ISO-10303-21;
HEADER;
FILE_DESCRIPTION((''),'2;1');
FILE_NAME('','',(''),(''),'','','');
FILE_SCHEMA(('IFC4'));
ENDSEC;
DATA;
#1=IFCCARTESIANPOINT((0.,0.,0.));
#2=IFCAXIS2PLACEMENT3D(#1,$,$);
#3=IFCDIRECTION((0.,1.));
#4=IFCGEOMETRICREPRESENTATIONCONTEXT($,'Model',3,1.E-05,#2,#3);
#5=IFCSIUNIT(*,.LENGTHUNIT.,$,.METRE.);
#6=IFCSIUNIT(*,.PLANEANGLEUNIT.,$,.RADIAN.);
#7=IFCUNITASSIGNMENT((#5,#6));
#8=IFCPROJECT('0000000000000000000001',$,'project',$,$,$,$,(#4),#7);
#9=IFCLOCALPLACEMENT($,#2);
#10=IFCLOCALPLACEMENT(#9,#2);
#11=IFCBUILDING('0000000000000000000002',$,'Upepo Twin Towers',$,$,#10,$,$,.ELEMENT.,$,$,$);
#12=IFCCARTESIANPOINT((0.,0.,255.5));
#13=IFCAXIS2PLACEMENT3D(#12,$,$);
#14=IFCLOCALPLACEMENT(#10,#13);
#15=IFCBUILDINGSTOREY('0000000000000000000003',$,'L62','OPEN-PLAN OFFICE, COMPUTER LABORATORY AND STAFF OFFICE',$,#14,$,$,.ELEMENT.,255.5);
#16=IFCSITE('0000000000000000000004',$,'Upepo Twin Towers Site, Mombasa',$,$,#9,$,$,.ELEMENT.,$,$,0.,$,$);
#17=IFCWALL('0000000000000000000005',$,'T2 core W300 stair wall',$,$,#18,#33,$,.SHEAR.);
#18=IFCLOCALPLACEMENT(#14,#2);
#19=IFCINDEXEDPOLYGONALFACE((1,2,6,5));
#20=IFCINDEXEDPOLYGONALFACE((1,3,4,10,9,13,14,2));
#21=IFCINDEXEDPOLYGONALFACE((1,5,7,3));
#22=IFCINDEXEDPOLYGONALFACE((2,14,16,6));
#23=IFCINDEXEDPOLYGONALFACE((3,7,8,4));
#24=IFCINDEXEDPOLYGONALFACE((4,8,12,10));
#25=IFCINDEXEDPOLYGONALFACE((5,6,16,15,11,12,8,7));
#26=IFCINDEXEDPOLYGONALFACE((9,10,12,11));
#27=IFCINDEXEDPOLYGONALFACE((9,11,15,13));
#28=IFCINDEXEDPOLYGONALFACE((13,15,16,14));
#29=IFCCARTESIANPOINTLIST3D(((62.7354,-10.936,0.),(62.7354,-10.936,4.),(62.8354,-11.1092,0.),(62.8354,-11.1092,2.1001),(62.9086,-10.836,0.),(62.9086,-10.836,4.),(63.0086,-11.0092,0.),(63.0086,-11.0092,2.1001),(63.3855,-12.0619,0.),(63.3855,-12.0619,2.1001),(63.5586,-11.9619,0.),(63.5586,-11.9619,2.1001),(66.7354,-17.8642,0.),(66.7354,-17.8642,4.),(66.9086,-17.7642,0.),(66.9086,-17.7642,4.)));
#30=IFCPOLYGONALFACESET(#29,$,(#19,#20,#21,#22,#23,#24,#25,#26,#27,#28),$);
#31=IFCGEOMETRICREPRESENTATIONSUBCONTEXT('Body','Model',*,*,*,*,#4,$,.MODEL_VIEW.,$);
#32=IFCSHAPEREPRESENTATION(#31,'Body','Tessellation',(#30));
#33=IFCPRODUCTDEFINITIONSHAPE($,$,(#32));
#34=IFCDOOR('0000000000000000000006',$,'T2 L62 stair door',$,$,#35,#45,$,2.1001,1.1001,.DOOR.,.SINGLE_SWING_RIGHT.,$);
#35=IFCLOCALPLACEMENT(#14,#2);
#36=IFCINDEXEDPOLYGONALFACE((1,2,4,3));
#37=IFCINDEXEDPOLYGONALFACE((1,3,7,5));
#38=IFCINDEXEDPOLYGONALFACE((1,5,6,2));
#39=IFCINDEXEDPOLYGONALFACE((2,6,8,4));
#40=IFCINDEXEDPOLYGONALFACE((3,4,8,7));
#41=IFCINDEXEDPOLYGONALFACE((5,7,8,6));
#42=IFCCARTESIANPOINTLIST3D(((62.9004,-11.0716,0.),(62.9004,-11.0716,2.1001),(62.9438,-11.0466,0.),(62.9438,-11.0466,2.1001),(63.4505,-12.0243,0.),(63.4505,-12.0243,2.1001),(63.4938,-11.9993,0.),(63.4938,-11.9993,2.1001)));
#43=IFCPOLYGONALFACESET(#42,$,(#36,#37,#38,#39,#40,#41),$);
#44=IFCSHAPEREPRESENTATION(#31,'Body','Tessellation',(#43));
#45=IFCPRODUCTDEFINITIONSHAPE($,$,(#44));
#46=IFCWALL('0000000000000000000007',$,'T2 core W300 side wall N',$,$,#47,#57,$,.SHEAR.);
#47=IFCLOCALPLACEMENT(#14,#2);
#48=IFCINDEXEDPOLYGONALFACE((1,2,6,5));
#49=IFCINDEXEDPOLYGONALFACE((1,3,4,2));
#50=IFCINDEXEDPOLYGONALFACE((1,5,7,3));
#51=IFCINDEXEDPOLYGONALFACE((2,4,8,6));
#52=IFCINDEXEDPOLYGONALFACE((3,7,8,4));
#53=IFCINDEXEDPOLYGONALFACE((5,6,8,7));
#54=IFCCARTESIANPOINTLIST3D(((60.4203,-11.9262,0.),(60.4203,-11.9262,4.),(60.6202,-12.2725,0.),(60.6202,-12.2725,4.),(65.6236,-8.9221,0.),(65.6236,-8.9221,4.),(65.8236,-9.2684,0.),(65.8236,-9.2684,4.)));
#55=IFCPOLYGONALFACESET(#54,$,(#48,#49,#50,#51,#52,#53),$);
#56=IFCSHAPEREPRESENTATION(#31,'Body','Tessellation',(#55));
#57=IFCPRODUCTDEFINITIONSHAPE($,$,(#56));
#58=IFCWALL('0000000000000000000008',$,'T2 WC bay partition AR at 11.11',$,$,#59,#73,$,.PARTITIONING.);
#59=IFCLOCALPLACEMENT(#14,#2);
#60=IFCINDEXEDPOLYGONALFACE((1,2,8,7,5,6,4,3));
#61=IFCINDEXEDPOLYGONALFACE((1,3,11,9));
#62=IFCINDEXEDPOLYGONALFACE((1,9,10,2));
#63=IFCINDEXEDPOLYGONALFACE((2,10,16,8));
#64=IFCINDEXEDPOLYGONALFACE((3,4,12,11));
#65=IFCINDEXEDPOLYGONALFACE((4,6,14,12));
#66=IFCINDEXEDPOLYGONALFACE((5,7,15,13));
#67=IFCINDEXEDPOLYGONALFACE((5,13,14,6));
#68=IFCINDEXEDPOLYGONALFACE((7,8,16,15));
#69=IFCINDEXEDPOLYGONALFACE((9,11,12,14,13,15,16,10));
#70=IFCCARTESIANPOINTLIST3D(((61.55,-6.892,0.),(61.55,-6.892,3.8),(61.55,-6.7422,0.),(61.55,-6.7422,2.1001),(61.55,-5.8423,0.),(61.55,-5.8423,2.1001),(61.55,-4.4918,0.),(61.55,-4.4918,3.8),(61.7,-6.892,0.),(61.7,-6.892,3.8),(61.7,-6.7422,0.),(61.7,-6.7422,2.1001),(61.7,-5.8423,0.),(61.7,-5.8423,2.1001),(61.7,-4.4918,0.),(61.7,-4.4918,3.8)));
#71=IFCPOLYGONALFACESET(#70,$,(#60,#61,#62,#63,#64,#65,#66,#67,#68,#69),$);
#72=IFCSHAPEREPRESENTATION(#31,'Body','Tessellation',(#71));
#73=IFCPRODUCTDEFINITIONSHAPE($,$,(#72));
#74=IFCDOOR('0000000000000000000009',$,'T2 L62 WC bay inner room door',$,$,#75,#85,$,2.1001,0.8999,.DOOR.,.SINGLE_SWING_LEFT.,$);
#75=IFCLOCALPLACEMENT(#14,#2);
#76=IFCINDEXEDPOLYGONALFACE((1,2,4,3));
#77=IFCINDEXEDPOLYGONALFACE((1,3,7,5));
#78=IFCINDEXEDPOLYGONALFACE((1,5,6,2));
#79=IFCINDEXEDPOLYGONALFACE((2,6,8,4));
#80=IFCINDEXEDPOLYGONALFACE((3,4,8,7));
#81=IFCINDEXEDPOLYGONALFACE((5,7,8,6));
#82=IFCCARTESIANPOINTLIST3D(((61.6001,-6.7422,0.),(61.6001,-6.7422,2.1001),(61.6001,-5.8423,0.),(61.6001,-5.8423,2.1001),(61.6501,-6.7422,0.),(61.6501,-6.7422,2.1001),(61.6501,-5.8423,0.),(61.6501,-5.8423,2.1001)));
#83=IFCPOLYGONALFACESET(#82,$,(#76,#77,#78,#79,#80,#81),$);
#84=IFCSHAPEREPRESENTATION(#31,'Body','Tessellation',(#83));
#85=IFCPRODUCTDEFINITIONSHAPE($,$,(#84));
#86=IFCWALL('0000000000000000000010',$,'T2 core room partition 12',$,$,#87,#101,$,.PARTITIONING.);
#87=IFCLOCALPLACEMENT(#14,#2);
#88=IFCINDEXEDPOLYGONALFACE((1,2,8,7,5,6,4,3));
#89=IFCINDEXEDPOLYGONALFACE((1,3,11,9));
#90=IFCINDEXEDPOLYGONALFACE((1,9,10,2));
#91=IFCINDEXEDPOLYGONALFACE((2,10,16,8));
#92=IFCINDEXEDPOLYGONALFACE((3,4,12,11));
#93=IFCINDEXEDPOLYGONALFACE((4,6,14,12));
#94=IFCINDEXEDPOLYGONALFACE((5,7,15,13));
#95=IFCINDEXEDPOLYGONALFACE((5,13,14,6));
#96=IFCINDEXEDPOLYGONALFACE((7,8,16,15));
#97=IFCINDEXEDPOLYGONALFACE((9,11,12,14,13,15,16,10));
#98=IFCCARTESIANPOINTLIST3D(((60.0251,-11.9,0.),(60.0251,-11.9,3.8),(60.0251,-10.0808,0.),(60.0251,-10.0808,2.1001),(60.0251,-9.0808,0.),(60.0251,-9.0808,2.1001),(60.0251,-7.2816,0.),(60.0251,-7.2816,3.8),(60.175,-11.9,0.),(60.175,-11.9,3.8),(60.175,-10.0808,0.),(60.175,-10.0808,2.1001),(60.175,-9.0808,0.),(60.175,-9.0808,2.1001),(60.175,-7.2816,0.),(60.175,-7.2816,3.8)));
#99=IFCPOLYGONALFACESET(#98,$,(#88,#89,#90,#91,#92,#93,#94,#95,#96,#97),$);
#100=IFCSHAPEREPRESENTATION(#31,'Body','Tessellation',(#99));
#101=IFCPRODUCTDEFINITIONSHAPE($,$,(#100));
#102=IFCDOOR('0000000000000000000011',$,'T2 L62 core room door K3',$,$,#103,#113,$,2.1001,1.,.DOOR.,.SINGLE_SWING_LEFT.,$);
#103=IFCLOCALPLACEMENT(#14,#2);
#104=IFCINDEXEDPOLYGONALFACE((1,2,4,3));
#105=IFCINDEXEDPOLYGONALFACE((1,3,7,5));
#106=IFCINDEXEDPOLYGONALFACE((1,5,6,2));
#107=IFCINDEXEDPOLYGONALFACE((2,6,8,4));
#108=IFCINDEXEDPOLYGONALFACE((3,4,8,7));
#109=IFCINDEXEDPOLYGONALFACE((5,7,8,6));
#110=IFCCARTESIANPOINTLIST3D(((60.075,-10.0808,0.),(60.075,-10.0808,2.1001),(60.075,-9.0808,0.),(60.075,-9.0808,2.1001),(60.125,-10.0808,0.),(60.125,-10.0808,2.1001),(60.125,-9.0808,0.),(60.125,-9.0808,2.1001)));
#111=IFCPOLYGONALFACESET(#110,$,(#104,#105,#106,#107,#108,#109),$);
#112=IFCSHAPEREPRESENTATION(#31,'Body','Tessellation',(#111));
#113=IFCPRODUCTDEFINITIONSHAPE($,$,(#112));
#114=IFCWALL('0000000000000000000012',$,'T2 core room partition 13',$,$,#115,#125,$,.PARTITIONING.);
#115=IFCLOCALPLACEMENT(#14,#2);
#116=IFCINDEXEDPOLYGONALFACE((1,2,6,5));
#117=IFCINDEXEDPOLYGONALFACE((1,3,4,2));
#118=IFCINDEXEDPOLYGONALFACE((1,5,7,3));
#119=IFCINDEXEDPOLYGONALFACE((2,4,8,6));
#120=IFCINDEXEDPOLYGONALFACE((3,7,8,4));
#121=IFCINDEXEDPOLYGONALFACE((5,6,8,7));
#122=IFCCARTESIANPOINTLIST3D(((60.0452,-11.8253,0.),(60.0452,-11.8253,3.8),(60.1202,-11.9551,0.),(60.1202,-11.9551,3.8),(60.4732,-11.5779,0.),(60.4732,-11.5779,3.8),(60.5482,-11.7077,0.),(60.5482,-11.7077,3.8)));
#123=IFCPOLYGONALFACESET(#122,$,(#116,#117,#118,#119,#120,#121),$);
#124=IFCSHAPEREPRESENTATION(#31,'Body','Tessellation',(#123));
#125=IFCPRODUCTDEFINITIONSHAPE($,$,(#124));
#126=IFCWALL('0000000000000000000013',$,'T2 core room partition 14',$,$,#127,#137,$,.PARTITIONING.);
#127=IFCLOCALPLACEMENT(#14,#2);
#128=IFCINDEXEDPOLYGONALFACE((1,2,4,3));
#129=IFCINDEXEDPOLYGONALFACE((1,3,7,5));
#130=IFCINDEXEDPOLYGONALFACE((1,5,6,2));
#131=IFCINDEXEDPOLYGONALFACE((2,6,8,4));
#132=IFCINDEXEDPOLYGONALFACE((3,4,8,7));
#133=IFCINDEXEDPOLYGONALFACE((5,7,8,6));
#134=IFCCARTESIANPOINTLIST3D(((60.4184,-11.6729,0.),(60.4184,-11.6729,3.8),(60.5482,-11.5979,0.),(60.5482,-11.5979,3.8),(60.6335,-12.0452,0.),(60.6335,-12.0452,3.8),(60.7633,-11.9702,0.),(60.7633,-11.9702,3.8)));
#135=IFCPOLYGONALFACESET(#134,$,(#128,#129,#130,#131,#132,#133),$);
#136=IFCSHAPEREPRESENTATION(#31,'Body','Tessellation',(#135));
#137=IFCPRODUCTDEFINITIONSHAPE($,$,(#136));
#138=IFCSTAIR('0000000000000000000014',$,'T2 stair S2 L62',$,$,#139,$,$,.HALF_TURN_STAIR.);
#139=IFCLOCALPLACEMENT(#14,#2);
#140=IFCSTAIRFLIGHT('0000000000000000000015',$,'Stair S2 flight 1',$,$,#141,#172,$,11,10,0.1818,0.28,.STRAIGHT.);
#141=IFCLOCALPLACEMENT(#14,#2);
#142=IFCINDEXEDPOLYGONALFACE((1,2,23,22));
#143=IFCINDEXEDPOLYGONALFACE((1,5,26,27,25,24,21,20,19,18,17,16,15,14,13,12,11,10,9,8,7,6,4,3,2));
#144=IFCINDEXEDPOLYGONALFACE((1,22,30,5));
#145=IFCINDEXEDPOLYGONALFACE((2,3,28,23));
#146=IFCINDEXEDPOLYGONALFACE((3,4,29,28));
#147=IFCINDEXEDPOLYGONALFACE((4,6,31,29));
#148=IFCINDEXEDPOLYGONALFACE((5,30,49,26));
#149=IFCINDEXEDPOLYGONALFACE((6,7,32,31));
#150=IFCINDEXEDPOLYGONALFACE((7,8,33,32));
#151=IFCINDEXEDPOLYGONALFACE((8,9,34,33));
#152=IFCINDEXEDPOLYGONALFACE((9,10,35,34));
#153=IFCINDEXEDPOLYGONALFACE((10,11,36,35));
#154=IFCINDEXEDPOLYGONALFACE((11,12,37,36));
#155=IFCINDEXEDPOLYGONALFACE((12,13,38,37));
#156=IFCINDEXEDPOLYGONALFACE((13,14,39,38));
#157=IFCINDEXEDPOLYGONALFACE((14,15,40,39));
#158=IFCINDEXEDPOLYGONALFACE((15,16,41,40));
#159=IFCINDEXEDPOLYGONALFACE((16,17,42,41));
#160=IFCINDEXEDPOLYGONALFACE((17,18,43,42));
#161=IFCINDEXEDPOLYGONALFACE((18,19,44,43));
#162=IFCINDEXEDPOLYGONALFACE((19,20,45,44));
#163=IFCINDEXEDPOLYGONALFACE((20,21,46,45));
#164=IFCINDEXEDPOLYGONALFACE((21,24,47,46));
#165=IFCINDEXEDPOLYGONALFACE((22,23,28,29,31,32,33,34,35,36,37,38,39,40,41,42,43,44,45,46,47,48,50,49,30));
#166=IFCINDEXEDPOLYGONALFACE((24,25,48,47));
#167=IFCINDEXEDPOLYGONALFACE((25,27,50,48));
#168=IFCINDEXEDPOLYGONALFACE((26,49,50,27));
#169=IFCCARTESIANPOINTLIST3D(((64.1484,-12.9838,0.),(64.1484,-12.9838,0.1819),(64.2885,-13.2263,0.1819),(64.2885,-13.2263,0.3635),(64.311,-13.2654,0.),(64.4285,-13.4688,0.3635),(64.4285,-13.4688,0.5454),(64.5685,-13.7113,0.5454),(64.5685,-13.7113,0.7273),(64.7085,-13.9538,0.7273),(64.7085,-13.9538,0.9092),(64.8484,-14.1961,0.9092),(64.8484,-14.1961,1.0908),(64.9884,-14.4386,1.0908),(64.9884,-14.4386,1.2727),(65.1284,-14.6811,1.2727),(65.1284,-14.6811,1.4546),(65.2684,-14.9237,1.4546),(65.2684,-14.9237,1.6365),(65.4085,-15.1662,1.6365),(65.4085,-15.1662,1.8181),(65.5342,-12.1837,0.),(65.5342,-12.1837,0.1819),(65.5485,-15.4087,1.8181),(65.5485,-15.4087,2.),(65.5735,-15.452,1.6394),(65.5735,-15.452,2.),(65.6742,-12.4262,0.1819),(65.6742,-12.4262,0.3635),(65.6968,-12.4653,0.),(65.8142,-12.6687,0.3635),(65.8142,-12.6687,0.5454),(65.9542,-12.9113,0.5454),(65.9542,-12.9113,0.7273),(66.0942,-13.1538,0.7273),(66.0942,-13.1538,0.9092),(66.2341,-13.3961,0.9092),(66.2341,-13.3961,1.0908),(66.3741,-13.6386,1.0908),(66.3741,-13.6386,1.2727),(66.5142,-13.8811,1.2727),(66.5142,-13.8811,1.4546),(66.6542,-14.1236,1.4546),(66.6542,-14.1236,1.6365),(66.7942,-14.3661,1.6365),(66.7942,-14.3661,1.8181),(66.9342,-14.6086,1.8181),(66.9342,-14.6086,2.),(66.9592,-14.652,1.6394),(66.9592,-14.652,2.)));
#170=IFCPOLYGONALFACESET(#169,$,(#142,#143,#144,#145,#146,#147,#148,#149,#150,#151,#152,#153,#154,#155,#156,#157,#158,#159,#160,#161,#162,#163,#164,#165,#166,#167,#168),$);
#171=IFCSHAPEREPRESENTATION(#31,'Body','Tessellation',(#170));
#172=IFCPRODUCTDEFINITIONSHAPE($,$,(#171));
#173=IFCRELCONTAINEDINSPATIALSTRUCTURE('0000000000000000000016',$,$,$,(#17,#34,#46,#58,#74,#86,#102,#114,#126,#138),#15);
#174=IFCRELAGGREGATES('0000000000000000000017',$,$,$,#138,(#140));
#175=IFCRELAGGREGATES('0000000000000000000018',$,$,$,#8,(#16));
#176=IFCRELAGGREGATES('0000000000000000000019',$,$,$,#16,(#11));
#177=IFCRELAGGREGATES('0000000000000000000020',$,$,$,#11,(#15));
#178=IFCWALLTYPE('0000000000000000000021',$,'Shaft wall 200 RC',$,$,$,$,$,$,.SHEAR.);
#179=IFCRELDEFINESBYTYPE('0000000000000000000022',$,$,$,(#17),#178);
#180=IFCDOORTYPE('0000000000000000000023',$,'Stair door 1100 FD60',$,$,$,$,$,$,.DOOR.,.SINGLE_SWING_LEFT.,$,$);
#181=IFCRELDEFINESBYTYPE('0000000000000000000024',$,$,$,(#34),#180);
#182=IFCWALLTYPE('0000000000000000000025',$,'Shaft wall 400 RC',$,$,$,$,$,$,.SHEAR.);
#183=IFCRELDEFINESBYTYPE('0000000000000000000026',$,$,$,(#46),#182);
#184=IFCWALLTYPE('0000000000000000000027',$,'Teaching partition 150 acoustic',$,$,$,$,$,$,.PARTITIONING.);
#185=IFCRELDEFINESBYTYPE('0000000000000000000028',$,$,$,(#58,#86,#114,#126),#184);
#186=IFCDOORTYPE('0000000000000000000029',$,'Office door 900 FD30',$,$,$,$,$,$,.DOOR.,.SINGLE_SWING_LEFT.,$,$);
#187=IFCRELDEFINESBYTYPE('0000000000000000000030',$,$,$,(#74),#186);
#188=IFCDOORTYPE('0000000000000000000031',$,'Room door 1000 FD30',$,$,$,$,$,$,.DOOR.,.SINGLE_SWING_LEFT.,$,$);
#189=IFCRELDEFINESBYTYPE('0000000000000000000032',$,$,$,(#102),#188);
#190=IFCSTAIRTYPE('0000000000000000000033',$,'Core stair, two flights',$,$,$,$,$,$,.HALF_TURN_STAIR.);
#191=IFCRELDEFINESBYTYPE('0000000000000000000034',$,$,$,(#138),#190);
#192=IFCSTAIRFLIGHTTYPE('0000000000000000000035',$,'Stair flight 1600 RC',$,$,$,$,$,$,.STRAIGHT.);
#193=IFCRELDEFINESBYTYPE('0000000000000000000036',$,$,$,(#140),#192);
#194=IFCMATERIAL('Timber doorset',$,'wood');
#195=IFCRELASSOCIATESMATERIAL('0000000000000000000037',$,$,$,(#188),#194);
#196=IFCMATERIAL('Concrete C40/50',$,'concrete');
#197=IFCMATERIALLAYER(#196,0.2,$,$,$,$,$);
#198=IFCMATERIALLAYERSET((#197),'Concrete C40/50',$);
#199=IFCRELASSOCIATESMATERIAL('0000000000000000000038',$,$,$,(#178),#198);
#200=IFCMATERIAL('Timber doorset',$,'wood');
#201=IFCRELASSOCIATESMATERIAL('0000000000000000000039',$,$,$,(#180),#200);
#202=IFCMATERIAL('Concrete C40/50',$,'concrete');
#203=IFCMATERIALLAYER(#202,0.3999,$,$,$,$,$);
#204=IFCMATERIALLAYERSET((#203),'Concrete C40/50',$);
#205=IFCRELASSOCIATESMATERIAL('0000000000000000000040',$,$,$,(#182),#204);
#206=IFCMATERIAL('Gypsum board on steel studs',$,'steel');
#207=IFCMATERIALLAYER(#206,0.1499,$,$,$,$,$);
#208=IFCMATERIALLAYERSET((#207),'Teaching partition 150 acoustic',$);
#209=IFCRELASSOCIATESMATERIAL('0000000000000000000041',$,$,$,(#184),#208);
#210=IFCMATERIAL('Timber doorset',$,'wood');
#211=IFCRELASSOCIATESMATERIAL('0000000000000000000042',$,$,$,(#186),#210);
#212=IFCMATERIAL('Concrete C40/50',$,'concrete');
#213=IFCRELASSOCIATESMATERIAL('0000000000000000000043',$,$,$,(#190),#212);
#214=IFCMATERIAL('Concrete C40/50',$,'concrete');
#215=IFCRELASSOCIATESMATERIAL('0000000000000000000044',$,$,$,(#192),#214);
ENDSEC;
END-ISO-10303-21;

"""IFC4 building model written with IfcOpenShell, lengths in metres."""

from ifc_helpers import new_model, si_unit, direction, frame, frame_2d, origin, place, context, subcontext, project, spatial, polyline, rectangle, outline, extrude, material, layer, layer_set, type_object, element, fill, aggregate, save


model = new_model("IFC4")

# Units and contexts
model_context = context("Model", 3, precision=1e-05, world=origin(), true_north=direction((0.0, 1.0)))
body_context = subcontext(model_context, "Body", "Model", "MODEL_VIEW")
ifc_project = project(units=[si_unit("LENGTHUNIT", "METRE"), si_unit("PLANEANGLEUNIT", "RADIAN")], contexts=[model_context])

# Site, building, storey
site_placement = place(None, origin())
site = spatial("IfcSite", under=ifc_project, at=site_placement, Name="Upepo Twin Towers Site, Mombasa", CompositionType="ELEMENT", RefElevation=0.0)
building_placement = place(site_placement, origin())
building = spatial("IfcBuilding", under=site, at=building_placement, Name="Upepo Twin Towers", CompositionType="ELEMENT")
storey_placement = place(building_placement, frame((0.0, 0.0, 255.5)))
storey = spatial("IfcBuildingStorey", under=building, at=storey_placement, Name="L62", Description="OPEN-PLAN OFFICE, COMPUTER LABORATORY AND STAFF OFFICE", CompositionType="ELEMENT", Elevation=255.5)

# Shared definitions
ifc_material_1 = material(Name="Timber doorset", Category="wood")
door_type_1 = type_object("IfcDoorType", Name="Room door 1000 FD30", OperationType="SINGLE_SWING_LEFT", PredefinedType="DOOR", material=ifc_material_1)

# Shared definitions
ifc_material_2 = material(Name="Concrete C40/50", Category="concrete")
ifc_layer_1 = layer(ifc_material_2, 0.2)
ifc_layer_set_1 = layer_set([ifc_layer_1], Name="Concrete C40/50")
wall_type_1 = type_object("IfcWallType", Name="Shaft wall 200 RC", PredefinedType="SHEAR", material=ifc_layer_set_1)

# Wall, opening, door
wall_1_placement = place(storey_placement, frame((66.822, -17.8142, 0.0), z_axis=(0.0, 0.0, 1.0), x_axis=(-0.499999, 0.866026, 0.0)))
wall_1 = element("IfcWall", 1, at=wall_1_placement, inside=storey, type_object=wall_type_1, Name="T2 core W300 stair wall", PredefinedType="SHEAR", context=body_context, shape_type="SweptSolid", body=[
    extrude(rectangle(XDim=8.0, YDim=0.2, at=frame_2d((4.0, 0.0))), origin(), (0.0, 0.0, 1.0), 4.0),
])
opening_1_placement = place(wall_1_placement, frame((6.7, 0.0, 0.0)))
opening_1 = element("IfcOpeningElement", 2, at=opening_1_placement, cuts=wall_1, PredefinedType="OPENING", context=body_context, shape_type="SweptSolid", body=[
    extrude(rectangle(XDim=1.1001, YDim=2.1001, at=frame_2d((0.55, 1.05))), frame((0.0, 0.1099, 0.0), z_axis=(0.0, -1.0, 0.0), x_axis=(1.0, 0.0, 0.0)), (0.0, 0.0, 1.0), 0.22),
])
ifc_material_3 = material(Name="Timber doorset", Category="wood")
door_type_2 = type_object("IfcDoorType", Name="Stair door 1100 FD60", OperationType="SINGLE_SWING_LEFT", PredefinedType="DOOR", material=ifc_material_3)
door_1_placement = place(opening_1_placement, origin())
door_1 = element("IfcDoor", 3, at=door_1_placement, inside=storey, type_object=door_type_2, Name="T2 L62 stair door", OperationType="SINGLE_SWING_RIGHT", OverallHeight=2.1001, OverallWidth=1.1001, PredefinedType="DOOR", context=body_context, shape_type="SweptSolid", body=[
    extrude(rectangle(XDim=1.1001, YDim=2.1001, at=frame_2d((0.55, 1.05))), frame((0.0, 0.0249, 0.0), z_axis=(0.0, -1.0, 0.0), x_axis=(1.0, 0.0, 0.0)), (0.0, 0.0, 1.0), 0.05),
])
fill(opening_1, door_1)

# Wall
ifc_material_4 = material(Name="Concrete C40/50", Category="concrete")
ifc_layer_2 = layer(ifc_material_4, 0.3999)
ifc_layer_set_2 = layer_set([ifc_layer_2], Name="Concrete C40/50")
wall_type_2 = type_object("IfcWallType", Name="Shaft wall 400 RC", PredefinedType="SHEAR", material=ifc_layer_set_2)
wall_2_placement = place(storey_placement, frame((60.5203, -12.0994, 0.0), z_axis=(0.0, 0.0, 1.0), x_axis=(0.866027, 0.499998, 0.0)))
element("IfcWall", 4, at=wall_2_placement, inside=storey, type_object=wall_type_2, Name="T2 core W300 side wall N", PredefinedType="SHEAR", context=body_context, shape_type="SweptSolid", body=[
    extrude(rectangle(XDim=6.0083, YDim=0.3999, at=frame_2d((3.0042, 0.0))), origin(), (0.0, 0.0, 1.0), 4.0),
])

# Walls, openings, doors
ifc_material_5 = material(Name="Gypsum board on steel studs", Category="steel")
ifc_layer_3 = layer(ifc_material_5, 0.1499)
ifc_layer_set_3 = layer_set([ifc_layer_3], Name="Teaching partition 150 acoustic")
wall_type_3 = type_object("IfcWallType", Name="Teaching partition 150 acoustic", PredefinedType="PARTITIONING", material=ifc_layer_set_3)
wall_3_placement = place(storey_placement, frame((61.625, -6.8921, 0.0), z_axis=(0.0, 0.0, 1.0), x_axis=(0.0, 1.0, 0.0)))
wall_3 = element("IfcWall", 5, at=wall_3_placement, inside=storey, type_object=wall_type_3, Name="T2 WC bay partition AR at 11.11", PredefinedType="PARTITIONING", context=body_context, shape_type="SweptSolid", body=[
    extrude(rectangle(XDim=2.4001, YDim=0.1499, at=frame_2d((1.2002, 0.0))), origin(), (0.0, 0.0, 1.0), 3.8),
])
opening_2_placement = place(wall_3_placement, frame((0.1499, 0.0, 0.0)))
opening_2 = element("IfcOpeningElement", 6, at=opening_2_placement, cuts=wall_3, PredefinedType="OPENING", context=body_context, shape_type="SweptSolid", body=[
    extrude(rectangle(XDim=0.8999, YDim=2.1001, at=frame_2d((0.45, 1.05))), frame((0.0, 0.085, 0.0), z_axis=(0.0, -1.0, 0.0), x_axis=(1.0, 0.0, 0.0)), (0.0, 0.0, 1.0), 0.1699),
])
ifc_material_6 = material(Name="Timber doorset", Category="wood")
door_type_3 = type_object("IfcDoorType", Name="Office door 900 FD30", OperationType="SINGLE_SWING_LEFT", PredefinedType="DOOR", material=ifc_material_6)
door_2_placement = place(opening_2_placement, origin())
door_2 = element("IfcDoor", 7, at=door_2_placement, inside=storey, type_object=door_type_3, Name="T2 L62 WC bay inner room door", OperationType="SINGLE_SWING_LEFT", OverallHeight=2.1001, OverallWidth=0.8999, PredefinedType="DOOR", context=body_context, shape_type="SweptSolid", body=[
    extrude(rectangle(XDim=0.8999, YDim=2.1001, at=frame_2d((0.45, 1.05))), frame((0.0, 0.0249, 0.0), z_axis=(0.0, -1.0, 0.0), x_axis=(1.0, 0.0, 0.0)), (0.0, 0.0, 1.0), 0.05),
])
fill(opening_2, door_2)
wall_4_placement = place(storey_placement, frame((60.1001, -7.2817, 0.0), z_axis=(0.0, 0.0, 1.0), x_axis=(0.0, -1.0, 0.0)))
wall_4 = element("IfcWall", 8, at=wall_4_placement, inside=storey, type_object=wall_type_3, Name="T2 core room partition 12", PredefinedType="PARTITIONING", context=body_context, shape_type="SweptSolid", body=[
    extrude(rectangle(XDim=4.6184, YDim=0.1499, at=frame_2d((2.3091, 0.0))), origin(), (0.0, 0.0, 1.0), 3.8),
])
opening_3_placement = place(wall_4_placement, frame((1.7991, 0.0, 0.0)))
opening_3 = element("IfcOpeningElement", 9, at=opening_3_placement, cuts=wall_4, PredefinedType="OPENING", context=body_context, shape_type="SweptSolid", body=[
    extrude(rectangle(XDim=1.0, YDim=2.1001, at=frame_2d((0.5, 1.05))), frame((0.0, 0.085, 0.0), z_axis=(0.0, -1.0, 0.0), x_axis=(1.0, 0.0, 0.0)), (0.0, 0.0, 1.0), 0.1699),
])
door_3_placement = place(opening_3_placement, origin())
door_3 = element("IfcDoor", 10, at=door_3_placement, inside=storey, type_object=door_type_1, Name="T2 L62 core room door K3", OperationType="SINGLE_SWING_LEFT", OverallHeight=2.1001, OverallWidth=1.0, PredefinedType="DOOR", context=body_context, shape_type="SweptSolid", body=[
    extrude(rectangle(XDim=1.0, YDim=2.1001, at=frame_2d((0.5, 1.05))), frame((0.0, 0.0249, 0.0), z_axis=(0.0, -1.0, 0.0), x_axis=(1.0, 0.0, 0.0)), (0.0, 0.0, 1.0), 0.05),
])
fill(opening_3, door_3)

# Walls
wall_5_placement = place(storey_placement, frame((60.0828, -11.8901, 0.0), z_axis=(0.0, 0.0, 1.0), x_axis=(0.865832, 0.500335, 0.0)))
element("IfcWall", 11, at=wall_5_placement, inside=storey, type_object=wall_type_3, Name="T2 core room partition 13", PredefinedType="PARTITIONING", context=body_context, shape_type="SweptSolid", body=[
    extrude(rectangle(XDim=0.4944, YDim=0.1499, at=frame_2d((0.2471, 0.0))), origin(), (0.0, 0.0, 1.0), 3.8),
])
wall_6_placement = place(storey_placement, frame((60.4834, -11.6355, 0.0), z_axis=(0.0, 0.0, 1.0), x_axis=(0.50023, -0.865892, 0.0)))
element("IfcWall", 12, at=wall_6_placement, inside=storey, type_object=wall_type_3, Name="T2 core room partition 14", PredefinedType="PARTITIONING", context=body_context, shape_type="SweptSolid", body=[
    extrude(rectangle(XDim=0.4299, YDim=0.1499, at=frame_2d((0.2148, 0.0))), origin(), (0.0, 0.0, 1.0), 3.8),
])

# Stair, stair flight
ifc_material_7 = material(Name="Concrete C40/50", Category="concrete")
stair_type = type_object("IfcStairType", Name="Core stair, two flights", PredefinedType="HALF_TURN_STAIR", material=ifc_material_7)
stair_placement = place(storey_placement, origin())
stair = element("IfcStair", 13, at=stair_placement, inside=storey, type_object=stair_type, Name="T2 stair S2 L62", PredefinedType="HALF_TURN_STAIR")
ifc_material_8 = material(Name="Concrete C40/50", Category="concrete")
stair_flight_type = type_object("IfcStairFlightType", Name="Stair flight 1600 RC", PredefinedType="STRAIGHT", material=ifc_material_8)
stair_flight_1_placement = place(storey_placement, frame((64.8413, -12.5837, 0.0), z_axis=(0.0, 0.0, 1.0), x_axis=(0.5, -0.866025, 0.0)))
stair_flight_1 = element("IfcStairFlight", 14, at=stair_flight_1_placement, type_object=stair_flight_type, Name="Stair S2 flight 1", NumberOfRisers=11, NumberOfTreads=10, PredefinedType="STRAIGHT", RiserHeight=0.1818, TreadLength=0.28, context=body_context, shape_type="SweptSolid", body=[
    extrude(outline(polyline([(0.0, 0.0), (0.0, 0.1819), (0.28, 0.1819), (0.28, 0.3635), (0.5601, 0.3635), (0.5601, 0.5454), (0.8401, 0.5454), (0.8401, 0.7273), (1.1201, 0.7273), (1.1201, 0.9092), (1.3999, 0.9092), (1.3999, 1.0908), (1.6799, 1.0908), (1.6799, 1.2727), (1.96, 1.2727), (1.96, 1.4546), (2.24, 1.4546), (2.24, 1.6365), (2.52, 1.6365), (2.52, 1.8181), (2.8, 1.8181), (2.8, 2.0), (2.8501, 2.0), (2.8501, 1.6394), (0.3252, 0.0), (0.0, 0.0)])), frame((0.0, 0.8, 0.0), z_axis=(0.0, -1.0, 0.0), x_axis=(1.0, 0.0, 0.0)), (0.0, 0.0, 1.0), 1.6001),
])
aggregate(stair, [stair_flight_1])

save(model, "model.ifc")
